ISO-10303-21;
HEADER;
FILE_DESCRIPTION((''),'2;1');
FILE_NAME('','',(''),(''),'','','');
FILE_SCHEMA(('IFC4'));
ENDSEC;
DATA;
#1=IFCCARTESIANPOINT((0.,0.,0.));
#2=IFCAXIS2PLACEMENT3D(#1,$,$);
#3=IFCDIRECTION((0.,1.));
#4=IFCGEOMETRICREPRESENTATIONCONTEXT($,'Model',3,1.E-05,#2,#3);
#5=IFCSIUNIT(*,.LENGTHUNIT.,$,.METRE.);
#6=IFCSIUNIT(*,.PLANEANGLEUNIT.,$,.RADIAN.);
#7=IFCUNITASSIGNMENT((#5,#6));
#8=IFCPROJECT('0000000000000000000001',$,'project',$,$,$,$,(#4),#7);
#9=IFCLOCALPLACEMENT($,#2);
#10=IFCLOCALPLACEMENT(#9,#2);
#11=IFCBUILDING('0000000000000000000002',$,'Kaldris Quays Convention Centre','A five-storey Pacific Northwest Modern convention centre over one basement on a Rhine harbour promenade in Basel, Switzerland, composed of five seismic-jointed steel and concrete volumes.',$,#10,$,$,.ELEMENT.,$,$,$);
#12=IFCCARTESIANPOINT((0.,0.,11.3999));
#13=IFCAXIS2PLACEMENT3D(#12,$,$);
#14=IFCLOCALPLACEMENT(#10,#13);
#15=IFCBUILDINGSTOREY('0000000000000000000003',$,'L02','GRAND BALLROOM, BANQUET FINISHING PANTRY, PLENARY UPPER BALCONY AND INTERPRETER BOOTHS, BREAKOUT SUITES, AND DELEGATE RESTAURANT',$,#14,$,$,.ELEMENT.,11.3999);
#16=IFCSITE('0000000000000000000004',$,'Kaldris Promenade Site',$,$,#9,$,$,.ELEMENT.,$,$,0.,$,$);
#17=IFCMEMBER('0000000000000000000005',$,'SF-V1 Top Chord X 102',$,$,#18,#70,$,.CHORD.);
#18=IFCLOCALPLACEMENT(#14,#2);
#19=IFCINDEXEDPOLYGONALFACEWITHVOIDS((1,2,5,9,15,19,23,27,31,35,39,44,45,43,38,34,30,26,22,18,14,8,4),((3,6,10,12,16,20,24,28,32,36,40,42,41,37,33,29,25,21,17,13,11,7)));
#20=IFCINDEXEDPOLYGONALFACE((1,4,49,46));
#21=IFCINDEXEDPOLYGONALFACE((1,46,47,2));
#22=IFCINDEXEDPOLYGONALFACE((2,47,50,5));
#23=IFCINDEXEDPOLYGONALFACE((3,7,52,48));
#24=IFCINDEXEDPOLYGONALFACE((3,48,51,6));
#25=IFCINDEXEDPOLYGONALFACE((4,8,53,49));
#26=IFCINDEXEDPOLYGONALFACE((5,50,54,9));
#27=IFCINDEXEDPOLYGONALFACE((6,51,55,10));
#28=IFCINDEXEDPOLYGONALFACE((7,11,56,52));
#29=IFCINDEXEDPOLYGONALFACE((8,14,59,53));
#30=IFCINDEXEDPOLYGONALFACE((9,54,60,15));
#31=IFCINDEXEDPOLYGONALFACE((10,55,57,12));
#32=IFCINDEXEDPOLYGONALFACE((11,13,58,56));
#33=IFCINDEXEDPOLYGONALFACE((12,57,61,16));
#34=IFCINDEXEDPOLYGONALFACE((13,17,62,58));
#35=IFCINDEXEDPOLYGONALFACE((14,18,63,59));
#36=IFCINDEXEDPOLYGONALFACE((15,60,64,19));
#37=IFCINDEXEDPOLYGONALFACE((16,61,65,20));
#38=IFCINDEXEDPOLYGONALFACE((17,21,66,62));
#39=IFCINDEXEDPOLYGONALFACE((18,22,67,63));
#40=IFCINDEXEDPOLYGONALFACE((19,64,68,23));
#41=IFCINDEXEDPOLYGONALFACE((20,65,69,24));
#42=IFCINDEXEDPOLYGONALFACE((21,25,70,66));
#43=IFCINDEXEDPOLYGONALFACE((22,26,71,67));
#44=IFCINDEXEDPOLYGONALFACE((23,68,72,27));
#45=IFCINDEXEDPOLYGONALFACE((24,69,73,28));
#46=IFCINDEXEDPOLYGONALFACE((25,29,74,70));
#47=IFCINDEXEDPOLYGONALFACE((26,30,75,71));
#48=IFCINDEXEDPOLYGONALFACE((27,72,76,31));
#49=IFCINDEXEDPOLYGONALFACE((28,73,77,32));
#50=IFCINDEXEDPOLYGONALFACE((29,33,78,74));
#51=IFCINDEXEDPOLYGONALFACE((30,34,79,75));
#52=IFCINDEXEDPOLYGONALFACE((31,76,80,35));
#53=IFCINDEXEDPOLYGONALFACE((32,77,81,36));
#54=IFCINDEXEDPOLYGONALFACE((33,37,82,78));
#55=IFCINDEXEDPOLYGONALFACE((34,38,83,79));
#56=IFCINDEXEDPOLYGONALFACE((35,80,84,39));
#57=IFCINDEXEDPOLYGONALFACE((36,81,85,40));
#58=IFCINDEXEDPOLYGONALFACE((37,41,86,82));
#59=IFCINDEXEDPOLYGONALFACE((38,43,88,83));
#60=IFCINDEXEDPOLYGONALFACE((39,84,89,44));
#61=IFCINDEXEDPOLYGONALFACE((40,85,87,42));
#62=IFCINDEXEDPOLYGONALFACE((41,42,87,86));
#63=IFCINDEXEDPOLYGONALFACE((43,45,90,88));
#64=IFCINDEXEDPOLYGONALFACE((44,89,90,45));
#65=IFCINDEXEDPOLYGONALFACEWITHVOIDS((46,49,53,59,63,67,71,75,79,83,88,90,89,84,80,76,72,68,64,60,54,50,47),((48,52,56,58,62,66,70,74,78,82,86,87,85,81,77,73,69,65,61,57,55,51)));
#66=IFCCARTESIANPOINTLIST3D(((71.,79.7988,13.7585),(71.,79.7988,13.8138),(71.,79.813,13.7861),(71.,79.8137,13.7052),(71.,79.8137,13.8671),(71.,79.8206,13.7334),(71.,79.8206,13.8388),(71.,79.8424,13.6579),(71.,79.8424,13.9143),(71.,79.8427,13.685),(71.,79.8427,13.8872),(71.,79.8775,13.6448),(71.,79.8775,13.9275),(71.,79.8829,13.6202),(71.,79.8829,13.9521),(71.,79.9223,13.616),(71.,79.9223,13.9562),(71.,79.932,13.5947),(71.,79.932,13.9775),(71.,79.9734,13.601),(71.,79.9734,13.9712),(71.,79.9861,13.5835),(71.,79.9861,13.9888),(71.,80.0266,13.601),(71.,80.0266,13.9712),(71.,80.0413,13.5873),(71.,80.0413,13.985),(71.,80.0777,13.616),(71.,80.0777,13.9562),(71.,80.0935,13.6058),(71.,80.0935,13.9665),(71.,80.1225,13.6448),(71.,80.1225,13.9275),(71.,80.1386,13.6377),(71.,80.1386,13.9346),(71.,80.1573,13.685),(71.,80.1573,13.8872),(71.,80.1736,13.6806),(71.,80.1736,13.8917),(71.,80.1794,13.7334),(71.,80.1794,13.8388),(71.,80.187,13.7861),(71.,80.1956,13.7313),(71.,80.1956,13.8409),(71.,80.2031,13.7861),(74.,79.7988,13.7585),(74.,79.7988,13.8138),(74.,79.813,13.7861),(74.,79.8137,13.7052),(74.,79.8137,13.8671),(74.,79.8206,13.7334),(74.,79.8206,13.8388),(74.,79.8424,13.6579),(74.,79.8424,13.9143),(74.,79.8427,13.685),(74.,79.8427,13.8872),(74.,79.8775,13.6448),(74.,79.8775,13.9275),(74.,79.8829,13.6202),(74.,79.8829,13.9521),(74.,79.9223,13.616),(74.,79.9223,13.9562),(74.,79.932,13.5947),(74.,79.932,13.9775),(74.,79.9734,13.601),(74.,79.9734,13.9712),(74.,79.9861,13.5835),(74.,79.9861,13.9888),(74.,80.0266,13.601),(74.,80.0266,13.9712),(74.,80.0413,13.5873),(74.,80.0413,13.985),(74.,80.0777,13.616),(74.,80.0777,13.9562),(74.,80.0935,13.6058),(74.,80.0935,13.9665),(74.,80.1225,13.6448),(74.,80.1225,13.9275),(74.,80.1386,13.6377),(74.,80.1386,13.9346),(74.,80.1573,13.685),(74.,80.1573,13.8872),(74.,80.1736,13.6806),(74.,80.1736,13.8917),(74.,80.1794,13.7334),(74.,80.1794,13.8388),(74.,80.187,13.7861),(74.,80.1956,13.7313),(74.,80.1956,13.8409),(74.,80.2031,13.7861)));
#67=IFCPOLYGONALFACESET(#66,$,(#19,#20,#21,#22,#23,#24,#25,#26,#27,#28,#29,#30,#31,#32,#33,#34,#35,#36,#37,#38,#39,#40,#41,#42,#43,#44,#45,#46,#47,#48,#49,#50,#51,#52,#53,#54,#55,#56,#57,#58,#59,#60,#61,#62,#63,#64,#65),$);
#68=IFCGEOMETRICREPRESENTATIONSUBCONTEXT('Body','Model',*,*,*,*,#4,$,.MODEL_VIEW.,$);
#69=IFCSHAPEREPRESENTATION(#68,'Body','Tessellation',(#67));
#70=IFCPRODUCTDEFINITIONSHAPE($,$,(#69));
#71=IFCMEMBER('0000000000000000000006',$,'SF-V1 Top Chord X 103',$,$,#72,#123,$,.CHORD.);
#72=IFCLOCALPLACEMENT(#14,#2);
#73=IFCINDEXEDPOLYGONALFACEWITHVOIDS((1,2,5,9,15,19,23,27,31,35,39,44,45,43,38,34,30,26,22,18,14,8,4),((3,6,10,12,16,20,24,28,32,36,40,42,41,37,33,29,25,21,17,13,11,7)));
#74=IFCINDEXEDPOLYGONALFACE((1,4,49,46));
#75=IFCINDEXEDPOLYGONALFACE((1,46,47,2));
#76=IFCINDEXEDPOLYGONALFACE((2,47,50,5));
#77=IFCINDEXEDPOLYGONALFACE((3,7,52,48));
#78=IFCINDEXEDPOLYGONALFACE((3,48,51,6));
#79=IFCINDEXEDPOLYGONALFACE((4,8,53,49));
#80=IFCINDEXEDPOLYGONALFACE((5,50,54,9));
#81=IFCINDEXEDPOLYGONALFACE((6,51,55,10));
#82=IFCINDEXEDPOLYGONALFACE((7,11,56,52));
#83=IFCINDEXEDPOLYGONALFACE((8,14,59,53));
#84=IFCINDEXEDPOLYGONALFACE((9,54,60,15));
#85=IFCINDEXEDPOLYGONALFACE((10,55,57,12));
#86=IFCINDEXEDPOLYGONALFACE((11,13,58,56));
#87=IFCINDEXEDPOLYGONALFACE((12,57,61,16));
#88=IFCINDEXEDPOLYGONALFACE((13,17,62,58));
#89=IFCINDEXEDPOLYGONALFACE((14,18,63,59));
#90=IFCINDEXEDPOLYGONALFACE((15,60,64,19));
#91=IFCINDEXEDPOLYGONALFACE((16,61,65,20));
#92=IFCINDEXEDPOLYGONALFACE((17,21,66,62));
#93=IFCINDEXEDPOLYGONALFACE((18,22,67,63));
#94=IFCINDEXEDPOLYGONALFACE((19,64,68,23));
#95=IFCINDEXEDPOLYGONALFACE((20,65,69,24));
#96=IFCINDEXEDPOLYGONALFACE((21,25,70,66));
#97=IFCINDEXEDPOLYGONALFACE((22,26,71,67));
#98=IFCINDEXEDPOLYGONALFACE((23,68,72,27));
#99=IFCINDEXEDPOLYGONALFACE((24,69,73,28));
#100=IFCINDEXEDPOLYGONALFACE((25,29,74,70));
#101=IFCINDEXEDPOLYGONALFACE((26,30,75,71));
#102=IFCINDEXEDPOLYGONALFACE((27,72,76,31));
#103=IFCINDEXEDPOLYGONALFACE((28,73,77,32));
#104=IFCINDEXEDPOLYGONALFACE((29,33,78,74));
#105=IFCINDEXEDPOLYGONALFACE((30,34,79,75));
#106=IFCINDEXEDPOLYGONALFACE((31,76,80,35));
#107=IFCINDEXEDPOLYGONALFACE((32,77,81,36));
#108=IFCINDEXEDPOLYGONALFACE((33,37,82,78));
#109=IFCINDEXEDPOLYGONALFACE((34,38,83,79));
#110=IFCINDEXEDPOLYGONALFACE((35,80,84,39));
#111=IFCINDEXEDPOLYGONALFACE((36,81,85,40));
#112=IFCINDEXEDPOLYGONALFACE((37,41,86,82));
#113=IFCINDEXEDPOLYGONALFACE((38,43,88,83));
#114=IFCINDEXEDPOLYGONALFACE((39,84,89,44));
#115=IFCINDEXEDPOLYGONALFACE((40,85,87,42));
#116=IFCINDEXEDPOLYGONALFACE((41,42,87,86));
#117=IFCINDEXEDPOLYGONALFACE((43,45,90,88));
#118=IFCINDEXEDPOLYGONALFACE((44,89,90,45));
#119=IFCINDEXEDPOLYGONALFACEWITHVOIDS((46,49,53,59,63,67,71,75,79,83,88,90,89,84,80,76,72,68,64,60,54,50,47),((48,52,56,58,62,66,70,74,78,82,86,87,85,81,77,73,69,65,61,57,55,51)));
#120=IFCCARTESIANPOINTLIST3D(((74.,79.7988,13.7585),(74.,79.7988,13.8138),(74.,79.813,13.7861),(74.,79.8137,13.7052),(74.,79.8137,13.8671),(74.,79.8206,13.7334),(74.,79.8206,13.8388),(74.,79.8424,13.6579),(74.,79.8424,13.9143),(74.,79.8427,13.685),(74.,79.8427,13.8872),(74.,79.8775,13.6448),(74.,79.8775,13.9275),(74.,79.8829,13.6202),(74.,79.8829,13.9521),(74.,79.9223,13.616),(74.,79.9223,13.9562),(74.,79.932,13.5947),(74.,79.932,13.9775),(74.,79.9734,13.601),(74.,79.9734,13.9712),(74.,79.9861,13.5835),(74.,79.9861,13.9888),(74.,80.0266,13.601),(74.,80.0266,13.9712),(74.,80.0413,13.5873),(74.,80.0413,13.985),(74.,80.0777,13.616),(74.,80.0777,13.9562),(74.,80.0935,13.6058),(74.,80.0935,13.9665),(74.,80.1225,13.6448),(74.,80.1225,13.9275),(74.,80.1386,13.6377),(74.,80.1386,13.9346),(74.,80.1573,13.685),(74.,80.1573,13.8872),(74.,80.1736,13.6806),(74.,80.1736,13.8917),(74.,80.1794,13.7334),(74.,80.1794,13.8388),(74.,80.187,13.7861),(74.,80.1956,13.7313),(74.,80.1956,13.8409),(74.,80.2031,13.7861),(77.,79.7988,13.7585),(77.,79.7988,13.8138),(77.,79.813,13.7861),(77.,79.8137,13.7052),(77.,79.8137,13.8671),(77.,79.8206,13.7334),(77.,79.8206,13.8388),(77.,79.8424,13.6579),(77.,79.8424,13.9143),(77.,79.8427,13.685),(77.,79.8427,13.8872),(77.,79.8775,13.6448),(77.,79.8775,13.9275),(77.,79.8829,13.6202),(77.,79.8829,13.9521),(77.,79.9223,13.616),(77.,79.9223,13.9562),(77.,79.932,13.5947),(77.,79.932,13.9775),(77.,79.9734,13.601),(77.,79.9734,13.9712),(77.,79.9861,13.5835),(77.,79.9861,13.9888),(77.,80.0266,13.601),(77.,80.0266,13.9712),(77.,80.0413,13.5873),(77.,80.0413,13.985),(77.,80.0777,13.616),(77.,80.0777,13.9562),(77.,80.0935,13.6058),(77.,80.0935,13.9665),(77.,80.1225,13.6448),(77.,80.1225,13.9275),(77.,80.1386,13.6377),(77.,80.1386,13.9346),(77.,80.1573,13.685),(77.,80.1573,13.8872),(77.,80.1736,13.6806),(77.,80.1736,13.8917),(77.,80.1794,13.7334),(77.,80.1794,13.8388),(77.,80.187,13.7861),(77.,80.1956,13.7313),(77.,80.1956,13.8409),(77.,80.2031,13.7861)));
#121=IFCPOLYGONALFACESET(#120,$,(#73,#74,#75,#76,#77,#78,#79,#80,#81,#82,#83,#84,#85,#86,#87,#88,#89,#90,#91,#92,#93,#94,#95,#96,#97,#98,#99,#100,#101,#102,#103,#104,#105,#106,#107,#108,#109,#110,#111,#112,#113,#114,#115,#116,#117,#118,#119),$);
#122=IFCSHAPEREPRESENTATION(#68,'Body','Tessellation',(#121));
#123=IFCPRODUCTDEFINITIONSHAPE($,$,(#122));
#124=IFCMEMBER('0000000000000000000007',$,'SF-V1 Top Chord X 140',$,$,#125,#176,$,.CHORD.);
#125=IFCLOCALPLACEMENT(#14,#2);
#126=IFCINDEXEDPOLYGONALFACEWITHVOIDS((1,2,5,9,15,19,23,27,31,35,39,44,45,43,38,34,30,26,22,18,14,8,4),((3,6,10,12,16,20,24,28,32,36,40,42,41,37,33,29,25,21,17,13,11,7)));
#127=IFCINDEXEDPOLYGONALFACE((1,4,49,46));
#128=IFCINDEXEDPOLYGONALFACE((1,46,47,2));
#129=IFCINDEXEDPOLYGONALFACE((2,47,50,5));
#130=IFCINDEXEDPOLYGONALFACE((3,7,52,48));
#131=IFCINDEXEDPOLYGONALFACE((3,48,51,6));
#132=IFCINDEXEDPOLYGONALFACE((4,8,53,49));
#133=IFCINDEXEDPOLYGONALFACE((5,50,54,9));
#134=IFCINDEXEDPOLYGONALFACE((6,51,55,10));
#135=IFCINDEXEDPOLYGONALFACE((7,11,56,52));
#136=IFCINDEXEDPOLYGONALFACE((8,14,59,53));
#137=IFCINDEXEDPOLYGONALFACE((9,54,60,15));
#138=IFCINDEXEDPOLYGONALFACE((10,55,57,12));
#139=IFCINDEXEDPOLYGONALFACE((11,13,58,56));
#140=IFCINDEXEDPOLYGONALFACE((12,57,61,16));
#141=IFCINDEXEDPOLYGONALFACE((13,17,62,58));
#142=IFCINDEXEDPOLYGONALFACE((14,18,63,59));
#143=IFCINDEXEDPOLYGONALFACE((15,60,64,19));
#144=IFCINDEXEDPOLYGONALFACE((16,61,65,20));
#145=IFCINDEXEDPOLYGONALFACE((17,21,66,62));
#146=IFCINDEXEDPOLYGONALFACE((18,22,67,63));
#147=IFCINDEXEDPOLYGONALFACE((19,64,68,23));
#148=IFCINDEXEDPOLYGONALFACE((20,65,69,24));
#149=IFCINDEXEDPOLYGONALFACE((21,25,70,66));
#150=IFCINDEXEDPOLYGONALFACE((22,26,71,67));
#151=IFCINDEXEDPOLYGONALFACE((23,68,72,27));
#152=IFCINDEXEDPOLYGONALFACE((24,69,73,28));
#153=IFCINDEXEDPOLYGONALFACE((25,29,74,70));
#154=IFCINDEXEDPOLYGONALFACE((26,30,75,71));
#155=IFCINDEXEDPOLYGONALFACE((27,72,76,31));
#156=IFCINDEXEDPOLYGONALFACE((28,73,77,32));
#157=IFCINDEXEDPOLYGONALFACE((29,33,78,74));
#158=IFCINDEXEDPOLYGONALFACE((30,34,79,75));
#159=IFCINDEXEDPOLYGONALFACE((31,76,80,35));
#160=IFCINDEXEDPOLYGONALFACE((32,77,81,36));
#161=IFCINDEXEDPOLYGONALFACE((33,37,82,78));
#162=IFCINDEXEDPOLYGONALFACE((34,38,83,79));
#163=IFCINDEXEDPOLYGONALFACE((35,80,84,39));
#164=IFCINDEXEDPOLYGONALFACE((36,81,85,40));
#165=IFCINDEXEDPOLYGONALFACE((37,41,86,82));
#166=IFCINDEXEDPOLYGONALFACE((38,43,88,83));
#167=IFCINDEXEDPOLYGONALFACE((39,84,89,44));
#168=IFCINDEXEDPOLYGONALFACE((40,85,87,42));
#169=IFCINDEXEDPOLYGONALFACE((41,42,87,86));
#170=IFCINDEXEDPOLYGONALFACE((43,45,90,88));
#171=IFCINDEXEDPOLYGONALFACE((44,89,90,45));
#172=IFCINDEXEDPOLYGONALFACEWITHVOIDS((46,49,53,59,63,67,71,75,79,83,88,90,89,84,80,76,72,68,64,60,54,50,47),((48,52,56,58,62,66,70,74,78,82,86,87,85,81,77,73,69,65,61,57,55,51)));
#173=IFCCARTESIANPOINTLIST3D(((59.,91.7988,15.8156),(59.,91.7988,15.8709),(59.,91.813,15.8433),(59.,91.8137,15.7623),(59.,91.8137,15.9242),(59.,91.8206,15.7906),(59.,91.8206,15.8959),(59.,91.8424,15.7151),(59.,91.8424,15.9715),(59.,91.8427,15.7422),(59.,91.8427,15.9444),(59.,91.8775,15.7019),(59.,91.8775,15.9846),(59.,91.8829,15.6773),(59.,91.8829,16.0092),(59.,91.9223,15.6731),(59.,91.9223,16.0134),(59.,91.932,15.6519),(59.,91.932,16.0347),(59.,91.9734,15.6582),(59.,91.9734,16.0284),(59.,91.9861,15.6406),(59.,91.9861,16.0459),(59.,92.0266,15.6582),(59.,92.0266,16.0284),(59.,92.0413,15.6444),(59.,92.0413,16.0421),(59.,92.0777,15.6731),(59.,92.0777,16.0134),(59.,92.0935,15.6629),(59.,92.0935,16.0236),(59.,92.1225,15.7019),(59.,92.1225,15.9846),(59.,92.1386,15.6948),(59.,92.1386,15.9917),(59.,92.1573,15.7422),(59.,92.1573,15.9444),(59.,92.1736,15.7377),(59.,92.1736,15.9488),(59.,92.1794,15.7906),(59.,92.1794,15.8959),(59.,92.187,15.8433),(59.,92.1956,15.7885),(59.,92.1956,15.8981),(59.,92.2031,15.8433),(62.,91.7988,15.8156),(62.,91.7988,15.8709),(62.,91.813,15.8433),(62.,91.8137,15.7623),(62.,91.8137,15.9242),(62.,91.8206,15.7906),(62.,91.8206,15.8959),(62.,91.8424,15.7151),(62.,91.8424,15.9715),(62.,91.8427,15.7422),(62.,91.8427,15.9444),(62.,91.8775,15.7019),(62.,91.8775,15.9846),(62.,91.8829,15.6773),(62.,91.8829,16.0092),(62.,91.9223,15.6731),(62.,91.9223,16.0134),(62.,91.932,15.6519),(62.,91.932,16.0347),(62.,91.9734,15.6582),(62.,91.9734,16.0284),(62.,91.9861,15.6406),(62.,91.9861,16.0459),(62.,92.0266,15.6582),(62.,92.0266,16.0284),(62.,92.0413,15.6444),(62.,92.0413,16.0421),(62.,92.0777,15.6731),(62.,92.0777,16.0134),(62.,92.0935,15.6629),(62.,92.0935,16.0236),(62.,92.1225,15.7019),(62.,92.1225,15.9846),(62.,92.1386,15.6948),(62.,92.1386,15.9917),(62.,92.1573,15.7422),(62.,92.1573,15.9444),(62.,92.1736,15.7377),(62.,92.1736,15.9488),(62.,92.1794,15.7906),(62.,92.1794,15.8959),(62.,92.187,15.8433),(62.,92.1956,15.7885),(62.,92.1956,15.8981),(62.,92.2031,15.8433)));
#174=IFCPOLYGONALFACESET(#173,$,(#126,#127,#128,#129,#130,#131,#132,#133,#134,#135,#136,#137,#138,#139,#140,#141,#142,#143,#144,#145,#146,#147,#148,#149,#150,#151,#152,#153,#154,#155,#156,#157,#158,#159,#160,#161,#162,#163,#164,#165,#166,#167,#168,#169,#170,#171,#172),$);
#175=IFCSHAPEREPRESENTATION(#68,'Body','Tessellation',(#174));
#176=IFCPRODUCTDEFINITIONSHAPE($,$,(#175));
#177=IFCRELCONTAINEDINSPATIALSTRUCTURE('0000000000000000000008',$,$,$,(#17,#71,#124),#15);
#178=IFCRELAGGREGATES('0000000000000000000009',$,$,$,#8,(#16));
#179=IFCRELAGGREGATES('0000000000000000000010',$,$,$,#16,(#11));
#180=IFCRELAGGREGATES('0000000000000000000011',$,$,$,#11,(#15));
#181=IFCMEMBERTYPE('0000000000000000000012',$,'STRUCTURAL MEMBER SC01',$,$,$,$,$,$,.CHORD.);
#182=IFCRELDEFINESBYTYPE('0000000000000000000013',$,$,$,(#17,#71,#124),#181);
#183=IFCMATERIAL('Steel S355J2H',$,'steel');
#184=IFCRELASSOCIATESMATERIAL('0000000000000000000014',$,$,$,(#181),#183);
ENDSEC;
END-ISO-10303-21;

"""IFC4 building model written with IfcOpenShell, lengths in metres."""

from ifc_helpers import new_model, si_unit, direction, frame, origin, origin_2d, place, context, subcontext, project, spatial, hollow_circle, extrude, material, material_profile, profile_set, type_object, element, save


model = new_model("IFC4")

# Units and contexts
model_context = context("Model", 3, precision=1e-05, world=origin(), true_north=direction((0.0, 1.0)))
body_context = subcontext(model_context, "Body", "Model", "MODEL_VIEW")
ifc_project = project(units=[si_unit("LENGTHUNIT", "METRE"), si_unit("PLANEANGLEUNIT", "RADIAN")], contexts=[model_context])

# Site, building, storey
site_placement = place(None, origin())
site = spatial("IfcSite", under=ifc_project, at=site_placement, Name="Kaldris Promenade Site", CompositionType="ELEMENT", RefElevation=0.0)
building_placement = place(site_placement, origin())
building = spatial("IfcBuilding", under=site, at=building_placement, Name="Kaldris Quays Convention Centre", Description="A five-storey Pacific Northwest Modern convention centre over one basement on a Rhine harbour promenade in Basel, Switzerland, composed of five seismic-jointed steel and concrete volumes.", CompositionType="ELEMENT")
storey_placement = place(building_placement, frame((0.0, 0.0, 11.3999)))
storey = spatial("IfcBuildingStorey", under=building, at=storey_placement, Name="L02", Description="GRAND BALLROOM, BANQUET FINISHING PANTRY, PLENARY UPPER BALCONY AND INTERPRETER BOOTHS, BREAKOUT SUITES, AND DELEGATE RESTAURANT", CompositionType="ELEMENT", Elevation=11.3999)

# Members
ifc_material_1 = material(Name="Steel S355J2H", Category="steel")
ifc_material_profile_1 = material_profile(ifc_material_1, hollow_circle(Radius=0.2031, WallThickness=0.0161, at=origin_2d()), Name="CHS 406.4x16")
ifc_profile_set_1 = profile_set([ifc_material_profile_1], Name="Steel S355J2H")
member_type_1 = type_object("IfcMemberType", Name="STRUCTURAL MEMBER SC01", PredefinedType="CHORD", material=ifc_profile_set_1)
for number, where, z_axis, x_axis, name in (
    (1, (71.0, 80.0, 13.7861), (1.0, 0.0, 0.0), (0.0, 1.0, 0.0), "SF-V1 Top Chord X 102"),
    (2, (74.0, 80.0, 13.7861), (1.0, 0.0, 0.0), (0.0, 1.0, 0.0), "SF-V1 Top Chord X 103"),
    (3, (59.0, 92.0, 15.8433), (1.0, 0.0, 0.0), (0.0, 1.0, 0.0), "SF-V1 Top Chord X 140"),
):
    element("IfcMember", number, at=place(storey_placement, frame(where, z_axis=z_axis, x_axis=x_axis)), inside=storey, type_object=member_type_1, Name=name, PredefinedType="CHORD", context=body_context, shape_type="SweptSolid", body=[
        extrude(hollow_circle(Radius=0.2031, WallThickness=0.0161, at=origin_2d()), origin(), (0.0, 0.0, 1.0), 3.0),
    ])

save(model, "model.ifc")
